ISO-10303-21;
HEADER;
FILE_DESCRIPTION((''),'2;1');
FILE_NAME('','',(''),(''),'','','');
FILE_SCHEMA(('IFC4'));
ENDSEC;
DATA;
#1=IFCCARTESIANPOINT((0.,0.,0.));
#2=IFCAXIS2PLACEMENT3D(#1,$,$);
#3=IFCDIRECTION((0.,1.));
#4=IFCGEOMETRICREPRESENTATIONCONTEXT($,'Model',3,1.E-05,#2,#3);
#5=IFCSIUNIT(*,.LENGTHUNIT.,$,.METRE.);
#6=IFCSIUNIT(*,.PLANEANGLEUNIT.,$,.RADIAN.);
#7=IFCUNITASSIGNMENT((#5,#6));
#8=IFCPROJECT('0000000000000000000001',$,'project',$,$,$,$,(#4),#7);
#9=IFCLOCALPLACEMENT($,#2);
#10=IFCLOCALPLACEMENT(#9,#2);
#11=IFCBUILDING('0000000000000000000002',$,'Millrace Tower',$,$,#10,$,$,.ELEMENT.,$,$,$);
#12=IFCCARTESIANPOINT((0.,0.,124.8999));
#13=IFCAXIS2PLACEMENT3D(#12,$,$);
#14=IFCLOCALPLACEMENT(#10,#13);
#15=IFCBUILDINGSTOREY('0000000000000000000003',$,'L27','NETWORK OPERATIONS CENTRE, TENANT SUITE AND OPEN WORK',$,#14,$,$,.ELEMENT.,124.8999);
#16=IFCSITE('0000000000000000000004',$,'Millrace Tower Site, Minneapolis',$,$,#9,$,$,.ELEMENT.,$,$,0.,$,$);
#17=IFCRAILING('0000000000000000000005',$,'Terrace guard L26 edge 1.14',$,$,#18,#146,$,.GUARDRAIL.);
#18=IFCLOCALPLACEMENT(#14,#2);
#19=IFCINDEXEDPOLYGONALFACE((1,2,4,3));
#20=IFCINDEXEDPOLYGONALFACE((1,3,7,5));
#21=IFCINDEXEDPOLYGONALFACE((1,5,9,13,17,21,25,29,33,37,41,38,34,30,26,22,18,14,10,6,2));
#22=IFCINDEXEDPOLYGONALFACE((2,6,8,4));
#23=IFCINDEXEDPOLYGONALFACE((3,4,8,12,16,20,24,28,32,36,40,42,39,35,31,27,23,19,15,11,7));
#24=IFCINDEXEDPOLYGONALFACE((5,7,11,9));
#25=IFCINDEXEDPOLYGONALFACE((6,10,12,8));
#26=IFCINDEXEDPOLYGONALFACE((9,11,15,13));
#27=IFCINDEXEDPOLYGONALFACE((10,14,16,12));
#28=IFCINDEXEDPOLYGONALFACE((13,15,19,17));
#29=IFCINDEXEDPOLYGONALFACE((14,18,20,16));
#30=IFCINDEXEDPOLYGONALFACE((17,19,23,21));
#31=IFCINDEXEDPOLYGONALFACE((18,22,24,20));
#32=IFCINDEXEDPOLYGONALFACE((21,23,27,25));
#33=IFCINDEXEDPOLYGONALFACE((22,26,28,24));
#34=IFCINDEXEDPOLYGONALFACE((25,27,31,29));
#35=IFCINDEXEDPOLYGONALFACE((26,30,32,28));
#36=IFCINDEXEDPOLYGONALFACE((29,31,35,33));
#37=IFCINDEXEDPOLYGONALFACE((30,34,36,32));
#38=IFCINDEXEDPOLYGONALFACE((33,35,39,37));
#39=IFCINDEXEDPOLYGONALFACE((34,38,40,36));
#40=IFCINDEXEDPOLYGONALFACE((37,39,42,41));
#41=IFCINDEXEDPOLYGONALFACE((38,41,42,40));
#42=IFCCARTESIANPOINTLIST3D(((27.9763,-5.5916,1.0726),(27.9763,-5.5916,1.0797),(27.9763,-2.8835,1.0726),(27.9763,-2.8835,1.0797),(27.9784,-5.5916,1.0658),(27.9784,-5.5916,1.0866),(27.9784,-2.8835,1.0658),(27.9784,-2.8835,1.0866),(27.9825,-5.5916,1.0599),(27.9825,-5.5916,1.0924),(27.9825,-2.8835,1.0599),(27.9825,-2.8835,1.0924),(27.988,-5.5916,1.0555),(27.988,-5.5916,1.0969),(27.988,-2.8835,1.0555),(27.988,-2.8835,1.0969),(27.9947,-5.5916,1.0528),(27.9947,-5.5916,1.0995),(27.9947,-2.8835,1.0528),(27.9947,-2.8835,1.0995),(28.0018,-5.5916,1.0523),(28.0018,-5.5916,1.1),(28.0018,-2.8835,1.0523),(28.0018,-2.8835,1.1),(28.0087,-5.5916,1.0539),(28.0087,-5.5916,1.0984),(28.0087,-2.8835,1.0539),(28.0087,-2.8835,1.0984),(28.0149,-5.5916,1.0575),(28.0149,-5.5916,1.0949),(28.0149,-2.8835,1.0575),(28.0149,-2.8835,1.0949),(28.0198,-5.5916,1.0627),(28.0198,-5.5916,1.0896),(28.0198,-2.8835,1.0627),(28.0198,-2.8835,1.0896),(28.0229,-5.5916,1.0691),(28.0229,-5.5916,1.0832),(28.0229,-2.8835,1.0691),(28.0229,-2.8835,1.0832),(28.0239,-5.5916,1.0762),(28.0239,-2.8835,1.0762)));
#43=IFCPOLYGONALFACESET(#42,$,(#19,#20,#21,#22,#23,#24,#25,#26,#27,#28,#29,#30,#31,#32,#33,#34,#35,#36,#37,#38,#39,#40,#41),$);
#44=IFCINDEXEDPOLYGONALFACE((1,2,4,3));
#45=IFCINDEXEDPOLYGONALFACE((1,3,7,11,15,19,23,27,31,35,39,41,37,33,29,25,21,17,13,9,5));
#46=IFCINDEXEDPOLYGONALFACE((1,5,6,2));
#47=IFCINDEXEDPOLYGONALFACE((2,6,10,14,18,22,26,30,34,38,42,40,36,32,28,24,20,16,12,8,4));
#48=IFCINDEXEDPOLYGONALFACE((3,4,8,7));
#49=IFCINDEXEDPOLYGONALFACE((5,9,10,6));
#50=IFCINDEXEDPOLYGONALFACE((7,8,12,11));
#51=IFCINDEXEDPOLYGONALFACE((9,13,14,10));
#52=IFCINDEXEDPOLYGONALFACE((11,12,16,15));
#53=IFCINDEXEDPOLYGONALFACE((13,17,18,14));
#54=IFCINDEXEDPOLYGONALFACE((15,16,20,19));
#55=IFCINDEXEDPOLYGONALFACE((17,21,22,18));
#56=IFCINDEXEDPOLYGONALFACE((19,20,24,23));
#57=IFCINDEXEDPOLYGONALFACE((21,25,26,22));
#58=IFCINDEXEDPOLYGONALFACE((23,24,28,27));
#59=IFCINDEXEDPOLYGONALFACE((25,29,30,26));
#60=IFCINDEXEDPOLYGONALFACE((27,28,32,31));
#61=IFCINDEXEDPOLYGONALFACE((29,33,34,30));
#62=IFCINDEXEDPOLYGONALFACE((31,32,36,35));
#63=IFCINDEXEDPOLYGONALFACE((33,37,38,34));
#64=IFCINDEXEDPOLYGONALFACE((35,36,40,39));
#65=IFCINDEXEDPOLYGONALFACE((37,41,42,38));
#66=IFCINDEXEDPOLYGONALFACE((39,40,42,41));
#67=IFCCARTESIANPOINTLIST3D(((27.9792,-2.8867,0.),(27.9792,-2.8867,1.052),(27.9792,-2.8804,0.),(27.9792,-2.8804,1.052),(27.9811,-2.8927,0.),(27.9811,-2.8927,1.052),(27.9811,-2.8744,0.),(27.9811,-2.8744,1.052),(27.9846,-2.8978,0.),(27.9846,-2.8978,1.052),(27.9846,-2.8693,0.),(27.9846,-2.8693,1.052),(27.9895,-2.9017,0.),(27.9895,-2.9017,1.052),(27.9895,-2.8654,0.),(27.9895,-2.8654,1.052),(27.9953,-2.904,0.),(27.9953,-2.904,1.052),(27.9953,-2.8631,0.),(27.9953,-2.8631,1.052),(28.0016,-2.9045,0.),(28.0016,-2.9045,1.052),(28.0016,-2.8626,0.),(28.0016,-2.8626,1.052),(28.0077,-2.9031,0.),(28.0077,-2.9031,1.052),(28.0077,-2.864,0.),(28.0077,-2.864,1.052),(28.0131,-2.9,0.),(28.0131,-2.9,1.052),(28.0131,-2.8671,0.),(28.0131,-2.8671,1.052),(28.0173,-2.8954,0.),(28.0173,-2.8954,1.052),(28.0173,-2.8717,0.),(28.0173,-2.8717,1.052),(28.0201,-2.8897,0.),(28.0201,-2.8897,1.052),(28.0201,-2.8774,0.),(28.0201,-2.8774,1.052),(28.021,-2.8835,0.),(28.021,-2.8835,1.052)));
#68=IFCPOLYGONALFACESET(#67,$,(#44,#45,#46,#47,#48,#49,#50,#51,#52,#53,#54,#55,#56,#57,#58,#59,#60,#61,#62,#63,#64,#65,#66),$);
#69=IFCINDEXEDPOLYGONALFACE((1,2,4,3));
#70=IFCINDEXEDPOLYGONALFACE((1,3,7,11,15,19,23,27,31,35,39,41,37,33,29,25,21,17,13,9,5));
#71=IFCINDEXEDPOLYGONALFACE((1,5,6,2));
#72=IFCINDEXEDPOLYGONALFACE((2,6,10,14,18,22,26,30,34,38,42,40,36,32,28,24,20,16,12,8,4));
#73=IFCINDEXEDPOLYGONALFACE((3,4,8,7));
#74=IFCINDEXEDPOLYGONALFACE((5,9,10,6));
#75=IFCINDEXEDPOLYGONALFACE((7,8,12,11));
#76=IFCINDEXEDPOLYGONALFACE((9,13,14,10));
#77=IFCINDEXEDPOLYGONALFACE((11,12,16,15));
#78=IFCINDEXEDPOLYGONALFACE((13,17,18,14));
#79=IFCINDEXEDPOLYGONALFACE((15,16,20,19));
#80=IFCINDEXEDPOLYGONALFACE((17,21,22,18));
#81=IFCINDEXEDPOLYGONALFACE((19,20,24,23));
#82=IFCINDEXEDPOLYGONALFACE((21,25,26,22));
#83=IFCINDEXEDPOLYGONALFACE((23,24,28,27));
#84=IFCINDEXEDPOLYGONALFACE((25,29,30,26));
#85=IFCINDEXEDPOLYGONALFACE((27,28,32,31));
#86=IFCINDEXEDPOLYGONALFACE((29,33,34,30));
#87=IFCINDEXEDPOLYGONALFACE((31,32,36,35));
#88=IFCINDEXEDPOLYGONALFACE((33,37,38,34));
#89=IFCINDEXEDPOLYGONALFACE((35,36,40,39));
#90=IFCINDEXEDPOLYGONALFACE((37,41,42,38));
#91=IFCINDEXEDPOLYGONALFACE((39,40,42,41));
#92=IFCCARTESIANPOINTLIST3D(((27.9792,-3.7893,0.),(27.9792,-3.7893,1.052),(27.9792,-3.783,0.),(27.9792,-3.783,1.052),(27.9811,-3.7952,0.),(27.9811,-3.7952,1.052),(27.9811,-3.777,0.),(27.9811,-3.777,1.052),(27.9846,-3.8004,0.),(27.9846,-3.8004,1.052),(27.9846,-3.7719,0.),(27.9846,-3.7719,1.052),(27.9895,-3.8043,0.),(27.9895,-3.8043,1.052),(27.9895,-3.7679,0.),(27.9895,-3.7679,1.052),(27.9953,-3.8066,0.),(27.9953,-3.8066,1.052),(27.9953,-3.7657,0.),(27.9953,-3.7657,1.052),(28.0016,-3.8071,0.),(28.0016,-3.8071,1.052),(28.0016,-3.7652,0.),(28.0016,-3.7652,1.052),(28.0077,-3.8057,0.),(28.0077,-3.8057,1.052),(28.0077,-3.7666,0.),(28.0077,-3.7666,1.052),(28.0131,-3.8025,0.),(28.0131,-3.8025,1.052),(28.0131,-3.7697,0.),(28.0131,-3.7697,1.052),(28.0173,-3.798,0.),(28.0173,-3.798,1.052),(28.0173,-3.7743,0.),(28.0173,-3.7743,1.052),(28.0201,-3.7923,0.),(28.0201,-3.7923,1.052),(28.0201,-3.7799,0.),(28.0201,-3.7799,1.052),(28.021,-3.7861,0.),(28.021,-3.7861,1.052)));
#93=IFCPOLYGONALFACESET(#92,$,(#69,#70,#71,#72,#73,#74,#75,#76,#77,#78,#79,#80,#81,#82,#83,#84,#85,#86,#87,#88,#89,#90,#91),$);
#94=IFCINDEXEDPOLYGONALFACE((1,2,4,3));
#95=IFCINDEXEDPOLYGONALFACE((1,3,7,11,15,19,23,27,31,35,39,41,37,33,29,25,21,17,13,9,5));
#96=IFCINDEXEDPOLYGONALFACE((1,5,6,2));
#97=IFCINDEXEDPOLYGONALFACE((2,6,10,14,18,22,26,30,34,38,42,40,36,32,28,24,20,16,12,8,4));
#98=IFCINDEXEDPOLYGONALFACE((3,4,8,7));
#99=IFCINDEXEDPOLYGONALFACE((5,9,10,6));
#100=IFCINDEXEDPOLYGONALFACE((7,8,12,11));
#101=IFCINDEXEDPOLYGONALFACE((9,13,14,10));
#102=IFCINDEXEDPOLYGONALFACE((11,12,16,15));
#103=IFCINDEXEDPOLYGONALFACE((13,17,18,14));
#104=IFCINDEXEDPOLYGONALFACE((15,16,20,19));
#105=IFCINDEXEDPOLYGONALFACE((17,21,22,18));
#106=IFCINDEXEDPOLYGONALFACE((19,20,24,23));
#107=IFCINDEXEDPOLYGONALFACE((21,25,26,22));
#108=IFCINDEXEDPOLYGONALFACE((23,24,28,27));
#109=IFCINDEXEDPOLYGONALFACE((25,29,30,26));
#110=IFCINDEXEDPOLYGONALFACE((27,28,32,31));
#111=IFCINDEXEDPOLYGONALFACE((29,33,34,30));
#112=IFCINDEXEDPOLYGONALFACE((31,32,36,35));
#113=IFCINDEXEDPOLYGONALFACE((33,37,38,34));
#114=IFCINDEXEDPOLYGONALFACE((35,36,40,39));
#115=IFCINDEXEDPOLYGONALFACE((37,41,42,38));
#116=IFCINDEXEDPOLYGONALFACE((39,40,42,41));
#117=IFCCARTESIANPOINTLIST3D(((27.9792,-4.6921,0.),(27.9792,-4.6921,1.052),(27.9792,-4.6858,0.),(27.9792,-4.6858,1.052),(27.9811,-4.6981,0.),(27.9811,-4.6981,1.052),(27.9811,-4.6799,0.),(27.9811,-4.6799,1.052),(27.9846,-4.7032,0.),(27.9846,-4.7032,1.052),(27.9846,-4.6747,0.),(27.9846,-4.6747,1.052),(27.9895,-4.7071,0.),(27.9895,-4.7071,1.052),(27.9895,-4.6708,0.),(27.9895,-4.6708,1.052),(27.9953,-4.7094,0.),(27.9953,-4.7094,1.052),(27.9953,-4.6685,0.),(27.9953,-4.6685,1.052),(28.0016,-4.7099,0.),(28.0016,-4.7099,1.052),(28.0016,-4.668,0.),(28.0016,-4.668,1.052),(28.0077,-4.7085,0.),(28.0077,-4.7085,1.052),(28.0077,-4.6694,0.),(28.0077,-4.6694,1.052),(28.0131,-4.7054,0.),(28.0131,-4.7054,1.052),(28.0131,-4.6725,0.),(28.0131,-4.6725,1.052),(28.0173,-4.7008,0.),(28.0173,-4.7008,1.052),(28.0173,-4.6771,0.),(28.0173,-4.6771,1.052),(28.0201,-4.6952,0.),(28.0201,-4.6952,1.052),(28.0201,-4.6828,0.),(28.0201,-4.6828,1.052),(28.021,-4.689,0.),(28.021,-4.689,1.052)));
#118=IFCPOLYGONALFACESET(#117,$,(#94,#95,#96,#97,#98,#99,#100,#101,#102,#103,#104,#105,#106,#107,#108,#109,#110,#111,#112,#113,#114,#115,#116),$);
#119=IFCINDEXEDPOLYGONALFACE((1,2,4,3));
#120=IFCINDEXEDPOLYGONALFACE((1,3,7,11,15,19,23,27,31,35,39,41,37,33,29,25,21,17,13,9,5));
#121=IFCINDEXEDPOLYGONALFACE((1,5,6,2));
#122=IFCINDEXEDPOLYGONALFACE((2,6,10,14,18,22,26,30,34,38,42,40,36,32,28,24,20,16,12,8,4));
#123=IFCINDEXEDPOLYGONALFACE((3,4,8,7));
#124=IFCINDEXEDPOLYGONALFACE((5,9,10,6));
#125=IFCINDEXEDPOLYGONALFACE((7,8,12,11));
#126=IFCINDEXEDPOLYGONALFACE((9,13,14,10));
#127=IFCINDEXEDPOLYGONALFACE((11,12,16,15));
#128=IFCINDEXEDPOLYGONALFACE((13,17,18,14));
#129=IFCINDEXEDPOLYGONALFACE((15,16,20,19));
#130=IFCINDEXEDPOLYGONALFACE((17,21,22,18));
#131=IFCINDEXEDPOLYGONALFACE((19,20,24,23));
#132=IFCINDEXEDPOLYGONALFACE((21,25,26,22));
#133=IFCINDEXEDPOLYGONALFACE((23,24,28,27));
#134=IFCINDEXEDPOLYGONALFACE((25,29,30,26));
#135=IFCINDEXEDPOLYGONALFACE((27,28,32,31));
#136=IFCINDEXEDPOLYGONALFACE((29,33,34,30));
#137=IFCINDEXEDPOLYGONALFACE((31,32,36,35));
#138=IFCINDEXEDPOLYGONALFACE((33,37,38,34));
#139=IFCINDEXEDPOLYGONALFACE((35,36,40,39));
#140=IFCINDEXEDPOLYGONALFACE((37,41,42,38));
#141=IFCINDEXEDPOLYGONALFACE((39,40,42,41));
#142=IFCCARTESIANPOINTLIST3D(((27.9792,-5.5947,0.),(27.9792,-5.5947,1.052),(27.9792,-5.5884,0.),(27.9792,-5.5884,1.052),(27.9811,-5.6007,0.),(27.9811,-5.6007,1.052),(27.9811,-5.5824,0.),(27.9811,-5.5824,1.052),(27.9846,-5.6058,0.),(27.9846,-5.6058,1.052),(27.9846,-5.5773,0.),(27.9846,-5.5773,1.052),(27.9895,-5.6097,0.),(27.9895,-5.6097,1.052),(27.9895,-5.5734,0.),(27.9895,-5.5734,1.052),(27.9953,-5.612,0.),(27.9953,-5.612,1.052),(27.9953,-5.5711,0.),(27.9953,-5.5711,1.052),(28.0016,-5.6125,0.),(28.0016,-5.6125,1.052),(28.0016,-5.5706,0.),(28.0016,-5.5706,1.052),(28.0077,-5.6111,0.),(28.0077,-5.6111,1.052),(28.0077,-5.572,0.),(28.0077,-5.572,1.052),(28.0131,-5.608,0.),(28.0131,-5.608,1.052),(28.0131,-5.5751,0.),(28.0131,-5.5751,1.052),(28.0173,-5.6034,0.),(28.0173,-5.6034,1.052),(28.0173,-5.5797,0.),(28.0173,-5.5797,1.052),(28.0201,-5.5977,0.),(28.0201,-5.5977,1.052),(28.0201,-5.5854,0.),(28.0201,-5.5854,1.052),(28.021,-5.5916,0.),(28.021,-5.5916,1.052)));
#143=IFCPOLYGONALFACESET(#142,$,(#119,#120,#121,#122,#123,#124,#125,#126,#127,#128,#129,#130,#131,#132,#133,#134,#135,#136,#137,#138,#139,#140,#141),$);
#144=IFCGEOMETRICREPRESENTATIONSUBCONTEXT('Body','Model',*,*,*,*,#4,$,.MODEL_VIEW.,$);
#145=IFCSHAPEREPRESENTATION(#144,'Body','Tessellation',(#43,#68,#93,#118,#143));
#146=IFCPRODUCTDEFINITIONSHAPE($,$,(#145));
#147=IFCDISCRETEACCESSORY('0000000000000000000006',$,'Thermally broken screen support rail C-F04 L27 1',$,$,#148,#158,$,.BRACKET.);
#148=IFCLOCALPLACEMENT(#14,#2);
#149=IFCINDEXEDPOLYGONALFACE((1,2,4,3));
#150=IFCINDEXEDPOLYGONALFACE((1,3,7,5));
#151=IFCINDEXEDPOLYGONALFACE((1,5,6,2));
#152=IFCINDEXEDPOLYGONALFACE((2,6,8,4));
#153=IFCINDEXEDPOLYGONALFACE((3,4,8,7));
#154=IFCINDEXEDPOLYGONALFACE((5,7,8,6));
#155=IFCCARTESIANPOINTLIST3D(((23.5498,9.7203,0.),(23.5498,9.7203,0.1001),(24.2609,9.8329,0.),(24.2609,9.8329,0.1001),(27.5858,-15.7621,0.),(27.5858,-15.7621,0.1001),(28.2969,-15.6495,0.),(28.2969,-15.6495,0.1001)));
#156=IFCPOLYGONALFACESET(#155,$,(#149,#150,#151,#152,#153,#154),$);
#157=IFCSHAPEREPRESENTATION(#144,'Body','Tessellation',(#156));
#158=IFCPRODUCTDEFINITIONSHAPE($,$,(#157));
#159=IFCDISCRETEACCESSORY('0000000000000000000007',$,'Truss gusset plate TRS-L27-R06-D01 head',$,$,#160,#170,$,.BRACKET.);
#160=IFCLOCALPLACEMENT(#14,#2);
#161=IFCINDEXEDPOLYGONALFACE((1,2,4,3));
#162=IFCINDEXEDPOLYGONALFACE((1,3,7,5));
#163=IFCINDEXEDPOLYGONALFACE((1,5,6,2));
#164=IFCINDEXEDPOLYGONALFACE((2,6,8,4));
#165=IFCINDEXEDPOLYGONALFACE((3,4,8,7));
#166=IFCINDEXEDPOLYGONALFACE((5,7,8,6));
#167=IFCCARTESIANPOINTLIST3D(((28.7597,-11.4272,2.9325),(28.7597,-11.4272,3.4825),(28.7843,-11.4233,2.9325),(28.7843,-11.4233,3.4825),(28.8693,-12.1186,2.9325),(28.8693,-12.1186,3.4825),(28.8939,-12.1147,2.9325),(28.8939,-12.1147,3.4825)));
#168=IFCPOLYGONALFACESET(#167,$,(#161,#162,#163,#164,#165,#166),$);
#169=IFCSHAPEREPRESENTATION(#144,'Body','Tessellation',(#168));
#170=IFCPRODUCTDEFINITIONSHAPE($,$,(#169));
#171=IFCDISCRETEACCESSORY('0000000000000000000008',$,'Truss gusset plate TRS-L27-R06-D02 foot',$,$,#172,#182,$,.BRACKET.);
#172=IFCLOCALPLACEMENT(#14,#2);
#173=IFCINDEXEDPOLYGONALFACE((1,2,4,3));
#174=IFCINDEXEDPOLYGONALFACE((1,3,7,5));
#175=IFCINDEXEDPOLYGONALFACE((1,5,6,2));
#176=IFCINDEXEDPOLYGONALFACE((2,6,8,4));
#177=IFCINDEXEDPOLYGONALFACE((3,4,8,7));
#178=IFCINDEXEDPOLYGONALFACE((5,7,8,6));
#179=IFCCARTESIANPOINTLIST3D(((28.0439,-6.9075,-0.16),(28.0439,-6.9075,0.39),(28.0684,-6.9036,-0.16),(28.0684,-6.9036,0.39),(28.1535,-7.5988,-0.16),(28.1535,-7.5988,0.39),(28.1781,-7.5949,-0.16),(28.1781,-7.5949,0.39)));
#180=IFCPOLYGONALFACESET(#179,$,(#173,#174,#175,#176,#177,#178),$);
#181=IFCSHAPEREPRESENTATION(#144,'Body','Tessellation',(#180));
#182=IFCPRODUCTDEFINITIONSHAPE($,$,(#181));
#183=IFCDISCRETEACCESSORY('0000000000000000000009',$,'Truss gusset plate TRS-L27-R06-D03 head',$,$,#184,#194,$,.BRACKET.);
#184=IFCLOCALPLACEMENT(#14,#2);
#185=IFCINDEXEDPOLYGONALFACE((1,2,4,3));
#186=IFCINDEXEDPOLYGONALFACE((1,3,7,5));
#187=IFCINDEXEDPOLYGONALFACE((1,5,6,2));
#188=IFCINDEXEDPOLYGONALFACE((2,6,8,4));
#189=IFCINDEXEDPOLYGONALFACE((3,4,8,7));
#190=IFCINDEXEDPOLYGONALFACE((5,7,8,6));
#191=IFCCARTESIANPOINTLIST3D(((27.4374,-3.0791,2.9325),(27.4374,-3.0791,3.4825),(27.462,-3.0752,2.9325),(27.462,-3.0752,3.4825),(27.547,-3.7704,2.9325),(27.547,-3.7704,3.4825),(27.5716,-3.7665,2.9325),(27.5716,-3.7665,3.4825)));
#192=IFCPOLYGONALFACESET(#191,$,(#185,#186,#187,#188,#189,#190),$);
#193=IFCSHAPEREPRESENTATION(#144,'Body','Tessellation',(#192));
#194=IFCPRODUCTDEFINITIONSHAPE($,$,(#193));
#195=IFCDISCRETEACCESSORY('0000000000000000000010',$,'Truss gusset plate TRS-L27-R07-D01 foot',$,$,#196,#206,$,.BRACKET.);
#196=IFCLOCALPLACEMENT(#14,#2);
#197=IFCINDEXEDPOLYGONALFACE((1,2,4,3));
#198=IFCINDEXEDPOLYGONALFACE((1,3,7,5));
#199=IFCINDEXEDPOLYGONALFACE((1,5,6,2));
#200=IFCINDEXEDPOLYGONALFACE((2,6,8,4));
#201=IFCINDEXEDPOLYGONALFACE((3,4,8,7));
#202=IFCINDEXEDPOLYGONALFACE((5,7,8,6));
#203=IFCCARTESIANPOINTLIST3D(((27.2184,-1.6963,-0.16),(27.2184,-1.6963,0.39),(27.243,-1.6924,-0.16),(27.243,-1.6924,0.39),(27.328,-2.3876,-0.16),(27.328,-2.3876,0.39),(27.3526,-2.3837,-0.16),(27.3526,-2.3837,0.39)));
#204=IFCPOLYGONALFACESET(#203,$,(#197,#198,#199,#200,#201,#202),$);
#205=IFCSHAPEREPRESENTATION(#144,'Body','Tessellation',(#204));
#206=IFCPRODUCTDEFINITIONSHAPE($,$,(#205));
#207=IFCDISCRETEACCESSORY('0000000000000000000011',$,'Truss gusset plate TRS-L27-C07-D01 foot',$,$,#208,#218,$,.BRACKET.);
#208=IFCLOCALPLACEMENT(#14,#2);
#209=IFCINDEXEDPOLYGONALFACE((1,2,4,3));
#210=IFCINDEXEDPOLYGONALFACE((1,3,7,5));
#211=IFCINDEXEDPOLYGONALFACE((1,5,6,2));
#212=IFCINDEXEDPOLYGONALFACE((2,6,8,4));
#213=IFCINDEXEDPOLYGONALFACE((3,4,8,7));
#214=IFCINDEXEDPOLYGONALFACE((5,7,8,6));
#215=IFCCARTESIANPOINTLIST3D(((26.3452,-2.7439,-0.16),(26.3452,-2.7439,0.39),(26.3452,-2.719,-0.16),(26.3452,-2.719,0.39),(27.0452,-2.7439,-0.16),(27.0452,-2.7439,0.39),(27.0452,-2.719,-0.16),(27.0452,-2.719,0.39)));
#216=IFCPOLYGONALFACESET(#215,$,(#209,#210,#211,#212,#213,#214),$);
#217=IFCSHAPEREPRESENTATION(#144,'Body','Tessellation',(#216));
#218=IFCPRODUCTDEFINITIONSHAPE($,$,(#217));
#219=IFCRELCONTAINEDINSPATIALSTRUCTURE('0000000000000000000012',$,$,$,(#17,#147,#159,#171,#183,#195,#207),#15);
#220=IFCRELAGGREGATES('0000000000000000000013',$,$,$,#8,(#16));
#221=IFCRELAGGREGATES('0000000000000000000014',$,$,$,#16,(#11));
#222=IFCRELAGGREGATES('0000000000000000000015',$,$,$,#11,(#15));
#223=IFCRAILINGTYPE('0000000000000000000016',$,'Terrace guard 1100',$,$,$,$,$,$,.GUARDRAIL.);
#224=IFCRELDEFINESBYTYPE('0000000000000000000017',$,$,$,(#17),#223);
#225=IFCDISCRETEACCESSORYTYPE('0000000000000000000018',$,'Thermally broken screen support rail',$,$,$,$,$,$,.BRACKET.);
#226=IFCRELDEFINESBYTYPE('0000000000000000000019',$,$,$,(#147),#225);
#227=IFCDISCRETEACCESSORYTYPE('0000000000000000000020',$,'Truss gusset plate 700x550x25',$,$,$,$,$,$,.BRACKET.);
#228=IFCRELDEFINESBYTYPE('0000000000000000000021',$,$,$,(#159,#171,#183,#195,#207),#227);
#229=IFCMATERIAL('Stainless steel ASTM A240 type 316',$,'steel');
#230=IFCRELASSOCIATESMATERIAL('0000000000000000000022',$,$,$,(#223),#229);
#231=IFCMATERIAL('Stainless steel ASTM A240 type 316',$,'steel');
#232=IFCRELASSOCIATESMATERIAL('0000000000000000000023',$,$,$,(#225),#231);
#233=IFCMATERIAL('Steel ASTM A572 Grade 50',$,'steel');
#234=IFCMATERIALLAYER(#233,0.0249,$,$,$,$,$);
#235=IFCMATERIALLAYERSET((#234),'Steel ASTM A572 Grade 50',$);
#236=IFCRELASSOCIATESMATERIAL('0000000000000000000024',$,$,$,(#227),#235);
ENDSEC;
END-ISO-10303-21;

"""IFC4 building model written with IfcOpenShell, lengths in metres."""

from ifc_helpers import new_model, si_unit, direction, frame, origin, origin_2d, place, context, subcontext, project, spatial, rectangle, circle, extrude, material, layer, layer_set, type_object, element, save


model = new_model("IFC4")

# Units and contexts
model_context = context("Model", 3, precision=1e-05, world=origin(), true_north=direction((0.0, 1.0)))
body_context = subcontext(model_context, "Body", "Model", "MODEL_VIEW")
ifc_project = project(units=[si_unit("LENGTHUNIT", "METRE"), si_unit("PLANEANGLEUNIT", "RADIAN")], contexts=[model_context])

# Site, building, storey
site_placement = place(None, origin())
site = spatial("IfcSite", under=ifc_project, at=site_placement, Name="Millrace Tower Site, Minneapolis", CompositionType="ELEMENT", RefElevation=0.0)
building_placement = place(site_placement, origin())
building = spatial("IfcBuilding", under=site, at=building_placement, Name="Millrace Tower", CompositionType="ELEMENT")
storey_placement = place(building_placement, frame((0.0, 0.0, 124.8999)))
storey = spatial("IfcBuildingStorey", under=building, at=storey_placement, Name="L27", Description="NETWORK OPERATIONS CENTRE, TENANT SUITE AND OPEN WORK", CompositionType="ELEMENT", Elevation=124.8999)

# Railing
ifc_material_1 = material(Name="Stainless steel ASTM A240 type 316", Category="steel")
railing_type = type_object("IfcRailingType", Name="Terrace guard 1100", PredefinedType="GUARDRAIL", material=ifc_material_1)
railing_1_placement = place(storey_placement, frame((28.0, -2.8835, 0.0)))
element("IfcRailing", 1, at=railing_1_placement, inside=storey, type_object=railing_type, Name="Terrace guard L26 edge 1.14", PredefinedType="GUARDRAIL", context=body_context, shape_type="SweptSolid", body=[
    extrude(circle(Radius=0.0239, at=origin_2d()), frame((0.0, 0.0, 1.0762), z_axis=(0.0, -1.0, 0.0), x_axis=(1.0, 0.0, 0.0)), (0.0, 0.0, 1.0), 2.708),
    extrude(circle(Radius=0.021, at=origin_2d()), origin(), (0.0, 0.0, 1.0), 1.052),
    extrude(circle(Radius=0.021, at=origin_2d()), frame((0.0, -0.9026, 0.0)), (0.0, 0.0, 1.0), 1.052),
    extrude(circle(Radius=0.021, at=origin_2d()), frame((0.0, -1.8054, 0.0)), (0.0, 0.0, 1.0), 1.052),
    extrude(circle(Radius=0.021, at=origin_2d()), frame((0.0, -2.708, 0.0)), (0.0, 0.0, 1.0), 1.052),
])

# Discrete accessories
ifc_material_2 = material(Name="Stainless steel ASTM A240 type 316", Category="steel")
discrete_accessory_type_1 = type_object("IfcDiscreteAccessoryType", Name="Thermally broken screen support rail", PredefinedType="BRACKET", material=ifc_material_2)
discrete_accessory_placement = place(storey_placement, frame((25.9233, -2.9646, 0.0), z_axis=(0.0, 0.0, 1.0), x_axis=(-0.156434, 0.987688, 0.0)))
element("IfcDiscreteAccessory", 2, at=discrete_accessory_placement, inside=storey, type_object=discrete_accessory_type_1, Name="Thermally broken screen support rail C-F04 L27 1", PredefinedType="BRACKET", context=body_context, shape_type="SweptSolid", body=[
    extrude(rectangle(XDim=25.8, YDim=0.72, at=origin_2d()), origin(), (0.0, 0.0, 1.0), 0.1001),
])
ifc_material_3 = material(Name="Steel ASTM A572 Grade 50", Category="steel")
ifc_layer_1 = layer(ifc_material_3, 0.0249)
ifc_layer_set_1 = layer_set([ifc_layer_1], Name="Steel ASTM A572 Grade 50")
discrete_accessory_type_2 = type_object("IfcDiscreteAccessoryType", Name="Truss gusset plate 700x550x25", PredefinedType="BRACKET", material=ifc_layer_set_1)
for number, where, z_axis, x_axis, name in (
    (3, (28.772, -11.4253, 3.2075), (0.156589, -0.987664, 0.0), (0.987664, 0.156589, 0.0), "Truss gusset plate TRS-L27-R06-D01 head"),
    (4, (28.0562, -6.9055, 0.115), (0.156589, -0.987664, 0.0), (0.987664, 0.156589, 0.0), "Truss gusset plate TRS-L27-R06-D02 foot"),
    (5, (27.4497, -3.0771, 3.2075), (0.156589, -0.987664, 0.0), (0.987664, 0.156589, 0.0), "Truss gusset plate TRS-L27-R06-D03 head"),
    (6, (27.2307, -1.6943, 0.115), (0.156589, -0.987664, 0.0), (0.987664, 0.156589, 0.0), "Truss gusset plate TRS-L27-R07-D01 foot"),
    (7, (26.3452, -2.7314, 0.115), (1.0, 0.0, 0.0), (0.0, 1.0, 0.0), "Truss gusset plate TRS-L27-C07-D01 foot"),
):
    element("IfcDiscreteAccessory", number, at=place(storey_placement, frame(where, z_axis=z_axis, x_axis=x_axis)), inside=storey, type_object=discrete_accessory_type_2, Name=name, PredefinedType="BRACKET", context=body_context, shape_type="SweptSolid", body=[
        extrude(rectangle(XDim=0.0249, YDim=0.55, at=origin_2d()), origin(), (0.0, 0.0, 1.0), 0.7),
    ])

save(model, "model.ifc")
